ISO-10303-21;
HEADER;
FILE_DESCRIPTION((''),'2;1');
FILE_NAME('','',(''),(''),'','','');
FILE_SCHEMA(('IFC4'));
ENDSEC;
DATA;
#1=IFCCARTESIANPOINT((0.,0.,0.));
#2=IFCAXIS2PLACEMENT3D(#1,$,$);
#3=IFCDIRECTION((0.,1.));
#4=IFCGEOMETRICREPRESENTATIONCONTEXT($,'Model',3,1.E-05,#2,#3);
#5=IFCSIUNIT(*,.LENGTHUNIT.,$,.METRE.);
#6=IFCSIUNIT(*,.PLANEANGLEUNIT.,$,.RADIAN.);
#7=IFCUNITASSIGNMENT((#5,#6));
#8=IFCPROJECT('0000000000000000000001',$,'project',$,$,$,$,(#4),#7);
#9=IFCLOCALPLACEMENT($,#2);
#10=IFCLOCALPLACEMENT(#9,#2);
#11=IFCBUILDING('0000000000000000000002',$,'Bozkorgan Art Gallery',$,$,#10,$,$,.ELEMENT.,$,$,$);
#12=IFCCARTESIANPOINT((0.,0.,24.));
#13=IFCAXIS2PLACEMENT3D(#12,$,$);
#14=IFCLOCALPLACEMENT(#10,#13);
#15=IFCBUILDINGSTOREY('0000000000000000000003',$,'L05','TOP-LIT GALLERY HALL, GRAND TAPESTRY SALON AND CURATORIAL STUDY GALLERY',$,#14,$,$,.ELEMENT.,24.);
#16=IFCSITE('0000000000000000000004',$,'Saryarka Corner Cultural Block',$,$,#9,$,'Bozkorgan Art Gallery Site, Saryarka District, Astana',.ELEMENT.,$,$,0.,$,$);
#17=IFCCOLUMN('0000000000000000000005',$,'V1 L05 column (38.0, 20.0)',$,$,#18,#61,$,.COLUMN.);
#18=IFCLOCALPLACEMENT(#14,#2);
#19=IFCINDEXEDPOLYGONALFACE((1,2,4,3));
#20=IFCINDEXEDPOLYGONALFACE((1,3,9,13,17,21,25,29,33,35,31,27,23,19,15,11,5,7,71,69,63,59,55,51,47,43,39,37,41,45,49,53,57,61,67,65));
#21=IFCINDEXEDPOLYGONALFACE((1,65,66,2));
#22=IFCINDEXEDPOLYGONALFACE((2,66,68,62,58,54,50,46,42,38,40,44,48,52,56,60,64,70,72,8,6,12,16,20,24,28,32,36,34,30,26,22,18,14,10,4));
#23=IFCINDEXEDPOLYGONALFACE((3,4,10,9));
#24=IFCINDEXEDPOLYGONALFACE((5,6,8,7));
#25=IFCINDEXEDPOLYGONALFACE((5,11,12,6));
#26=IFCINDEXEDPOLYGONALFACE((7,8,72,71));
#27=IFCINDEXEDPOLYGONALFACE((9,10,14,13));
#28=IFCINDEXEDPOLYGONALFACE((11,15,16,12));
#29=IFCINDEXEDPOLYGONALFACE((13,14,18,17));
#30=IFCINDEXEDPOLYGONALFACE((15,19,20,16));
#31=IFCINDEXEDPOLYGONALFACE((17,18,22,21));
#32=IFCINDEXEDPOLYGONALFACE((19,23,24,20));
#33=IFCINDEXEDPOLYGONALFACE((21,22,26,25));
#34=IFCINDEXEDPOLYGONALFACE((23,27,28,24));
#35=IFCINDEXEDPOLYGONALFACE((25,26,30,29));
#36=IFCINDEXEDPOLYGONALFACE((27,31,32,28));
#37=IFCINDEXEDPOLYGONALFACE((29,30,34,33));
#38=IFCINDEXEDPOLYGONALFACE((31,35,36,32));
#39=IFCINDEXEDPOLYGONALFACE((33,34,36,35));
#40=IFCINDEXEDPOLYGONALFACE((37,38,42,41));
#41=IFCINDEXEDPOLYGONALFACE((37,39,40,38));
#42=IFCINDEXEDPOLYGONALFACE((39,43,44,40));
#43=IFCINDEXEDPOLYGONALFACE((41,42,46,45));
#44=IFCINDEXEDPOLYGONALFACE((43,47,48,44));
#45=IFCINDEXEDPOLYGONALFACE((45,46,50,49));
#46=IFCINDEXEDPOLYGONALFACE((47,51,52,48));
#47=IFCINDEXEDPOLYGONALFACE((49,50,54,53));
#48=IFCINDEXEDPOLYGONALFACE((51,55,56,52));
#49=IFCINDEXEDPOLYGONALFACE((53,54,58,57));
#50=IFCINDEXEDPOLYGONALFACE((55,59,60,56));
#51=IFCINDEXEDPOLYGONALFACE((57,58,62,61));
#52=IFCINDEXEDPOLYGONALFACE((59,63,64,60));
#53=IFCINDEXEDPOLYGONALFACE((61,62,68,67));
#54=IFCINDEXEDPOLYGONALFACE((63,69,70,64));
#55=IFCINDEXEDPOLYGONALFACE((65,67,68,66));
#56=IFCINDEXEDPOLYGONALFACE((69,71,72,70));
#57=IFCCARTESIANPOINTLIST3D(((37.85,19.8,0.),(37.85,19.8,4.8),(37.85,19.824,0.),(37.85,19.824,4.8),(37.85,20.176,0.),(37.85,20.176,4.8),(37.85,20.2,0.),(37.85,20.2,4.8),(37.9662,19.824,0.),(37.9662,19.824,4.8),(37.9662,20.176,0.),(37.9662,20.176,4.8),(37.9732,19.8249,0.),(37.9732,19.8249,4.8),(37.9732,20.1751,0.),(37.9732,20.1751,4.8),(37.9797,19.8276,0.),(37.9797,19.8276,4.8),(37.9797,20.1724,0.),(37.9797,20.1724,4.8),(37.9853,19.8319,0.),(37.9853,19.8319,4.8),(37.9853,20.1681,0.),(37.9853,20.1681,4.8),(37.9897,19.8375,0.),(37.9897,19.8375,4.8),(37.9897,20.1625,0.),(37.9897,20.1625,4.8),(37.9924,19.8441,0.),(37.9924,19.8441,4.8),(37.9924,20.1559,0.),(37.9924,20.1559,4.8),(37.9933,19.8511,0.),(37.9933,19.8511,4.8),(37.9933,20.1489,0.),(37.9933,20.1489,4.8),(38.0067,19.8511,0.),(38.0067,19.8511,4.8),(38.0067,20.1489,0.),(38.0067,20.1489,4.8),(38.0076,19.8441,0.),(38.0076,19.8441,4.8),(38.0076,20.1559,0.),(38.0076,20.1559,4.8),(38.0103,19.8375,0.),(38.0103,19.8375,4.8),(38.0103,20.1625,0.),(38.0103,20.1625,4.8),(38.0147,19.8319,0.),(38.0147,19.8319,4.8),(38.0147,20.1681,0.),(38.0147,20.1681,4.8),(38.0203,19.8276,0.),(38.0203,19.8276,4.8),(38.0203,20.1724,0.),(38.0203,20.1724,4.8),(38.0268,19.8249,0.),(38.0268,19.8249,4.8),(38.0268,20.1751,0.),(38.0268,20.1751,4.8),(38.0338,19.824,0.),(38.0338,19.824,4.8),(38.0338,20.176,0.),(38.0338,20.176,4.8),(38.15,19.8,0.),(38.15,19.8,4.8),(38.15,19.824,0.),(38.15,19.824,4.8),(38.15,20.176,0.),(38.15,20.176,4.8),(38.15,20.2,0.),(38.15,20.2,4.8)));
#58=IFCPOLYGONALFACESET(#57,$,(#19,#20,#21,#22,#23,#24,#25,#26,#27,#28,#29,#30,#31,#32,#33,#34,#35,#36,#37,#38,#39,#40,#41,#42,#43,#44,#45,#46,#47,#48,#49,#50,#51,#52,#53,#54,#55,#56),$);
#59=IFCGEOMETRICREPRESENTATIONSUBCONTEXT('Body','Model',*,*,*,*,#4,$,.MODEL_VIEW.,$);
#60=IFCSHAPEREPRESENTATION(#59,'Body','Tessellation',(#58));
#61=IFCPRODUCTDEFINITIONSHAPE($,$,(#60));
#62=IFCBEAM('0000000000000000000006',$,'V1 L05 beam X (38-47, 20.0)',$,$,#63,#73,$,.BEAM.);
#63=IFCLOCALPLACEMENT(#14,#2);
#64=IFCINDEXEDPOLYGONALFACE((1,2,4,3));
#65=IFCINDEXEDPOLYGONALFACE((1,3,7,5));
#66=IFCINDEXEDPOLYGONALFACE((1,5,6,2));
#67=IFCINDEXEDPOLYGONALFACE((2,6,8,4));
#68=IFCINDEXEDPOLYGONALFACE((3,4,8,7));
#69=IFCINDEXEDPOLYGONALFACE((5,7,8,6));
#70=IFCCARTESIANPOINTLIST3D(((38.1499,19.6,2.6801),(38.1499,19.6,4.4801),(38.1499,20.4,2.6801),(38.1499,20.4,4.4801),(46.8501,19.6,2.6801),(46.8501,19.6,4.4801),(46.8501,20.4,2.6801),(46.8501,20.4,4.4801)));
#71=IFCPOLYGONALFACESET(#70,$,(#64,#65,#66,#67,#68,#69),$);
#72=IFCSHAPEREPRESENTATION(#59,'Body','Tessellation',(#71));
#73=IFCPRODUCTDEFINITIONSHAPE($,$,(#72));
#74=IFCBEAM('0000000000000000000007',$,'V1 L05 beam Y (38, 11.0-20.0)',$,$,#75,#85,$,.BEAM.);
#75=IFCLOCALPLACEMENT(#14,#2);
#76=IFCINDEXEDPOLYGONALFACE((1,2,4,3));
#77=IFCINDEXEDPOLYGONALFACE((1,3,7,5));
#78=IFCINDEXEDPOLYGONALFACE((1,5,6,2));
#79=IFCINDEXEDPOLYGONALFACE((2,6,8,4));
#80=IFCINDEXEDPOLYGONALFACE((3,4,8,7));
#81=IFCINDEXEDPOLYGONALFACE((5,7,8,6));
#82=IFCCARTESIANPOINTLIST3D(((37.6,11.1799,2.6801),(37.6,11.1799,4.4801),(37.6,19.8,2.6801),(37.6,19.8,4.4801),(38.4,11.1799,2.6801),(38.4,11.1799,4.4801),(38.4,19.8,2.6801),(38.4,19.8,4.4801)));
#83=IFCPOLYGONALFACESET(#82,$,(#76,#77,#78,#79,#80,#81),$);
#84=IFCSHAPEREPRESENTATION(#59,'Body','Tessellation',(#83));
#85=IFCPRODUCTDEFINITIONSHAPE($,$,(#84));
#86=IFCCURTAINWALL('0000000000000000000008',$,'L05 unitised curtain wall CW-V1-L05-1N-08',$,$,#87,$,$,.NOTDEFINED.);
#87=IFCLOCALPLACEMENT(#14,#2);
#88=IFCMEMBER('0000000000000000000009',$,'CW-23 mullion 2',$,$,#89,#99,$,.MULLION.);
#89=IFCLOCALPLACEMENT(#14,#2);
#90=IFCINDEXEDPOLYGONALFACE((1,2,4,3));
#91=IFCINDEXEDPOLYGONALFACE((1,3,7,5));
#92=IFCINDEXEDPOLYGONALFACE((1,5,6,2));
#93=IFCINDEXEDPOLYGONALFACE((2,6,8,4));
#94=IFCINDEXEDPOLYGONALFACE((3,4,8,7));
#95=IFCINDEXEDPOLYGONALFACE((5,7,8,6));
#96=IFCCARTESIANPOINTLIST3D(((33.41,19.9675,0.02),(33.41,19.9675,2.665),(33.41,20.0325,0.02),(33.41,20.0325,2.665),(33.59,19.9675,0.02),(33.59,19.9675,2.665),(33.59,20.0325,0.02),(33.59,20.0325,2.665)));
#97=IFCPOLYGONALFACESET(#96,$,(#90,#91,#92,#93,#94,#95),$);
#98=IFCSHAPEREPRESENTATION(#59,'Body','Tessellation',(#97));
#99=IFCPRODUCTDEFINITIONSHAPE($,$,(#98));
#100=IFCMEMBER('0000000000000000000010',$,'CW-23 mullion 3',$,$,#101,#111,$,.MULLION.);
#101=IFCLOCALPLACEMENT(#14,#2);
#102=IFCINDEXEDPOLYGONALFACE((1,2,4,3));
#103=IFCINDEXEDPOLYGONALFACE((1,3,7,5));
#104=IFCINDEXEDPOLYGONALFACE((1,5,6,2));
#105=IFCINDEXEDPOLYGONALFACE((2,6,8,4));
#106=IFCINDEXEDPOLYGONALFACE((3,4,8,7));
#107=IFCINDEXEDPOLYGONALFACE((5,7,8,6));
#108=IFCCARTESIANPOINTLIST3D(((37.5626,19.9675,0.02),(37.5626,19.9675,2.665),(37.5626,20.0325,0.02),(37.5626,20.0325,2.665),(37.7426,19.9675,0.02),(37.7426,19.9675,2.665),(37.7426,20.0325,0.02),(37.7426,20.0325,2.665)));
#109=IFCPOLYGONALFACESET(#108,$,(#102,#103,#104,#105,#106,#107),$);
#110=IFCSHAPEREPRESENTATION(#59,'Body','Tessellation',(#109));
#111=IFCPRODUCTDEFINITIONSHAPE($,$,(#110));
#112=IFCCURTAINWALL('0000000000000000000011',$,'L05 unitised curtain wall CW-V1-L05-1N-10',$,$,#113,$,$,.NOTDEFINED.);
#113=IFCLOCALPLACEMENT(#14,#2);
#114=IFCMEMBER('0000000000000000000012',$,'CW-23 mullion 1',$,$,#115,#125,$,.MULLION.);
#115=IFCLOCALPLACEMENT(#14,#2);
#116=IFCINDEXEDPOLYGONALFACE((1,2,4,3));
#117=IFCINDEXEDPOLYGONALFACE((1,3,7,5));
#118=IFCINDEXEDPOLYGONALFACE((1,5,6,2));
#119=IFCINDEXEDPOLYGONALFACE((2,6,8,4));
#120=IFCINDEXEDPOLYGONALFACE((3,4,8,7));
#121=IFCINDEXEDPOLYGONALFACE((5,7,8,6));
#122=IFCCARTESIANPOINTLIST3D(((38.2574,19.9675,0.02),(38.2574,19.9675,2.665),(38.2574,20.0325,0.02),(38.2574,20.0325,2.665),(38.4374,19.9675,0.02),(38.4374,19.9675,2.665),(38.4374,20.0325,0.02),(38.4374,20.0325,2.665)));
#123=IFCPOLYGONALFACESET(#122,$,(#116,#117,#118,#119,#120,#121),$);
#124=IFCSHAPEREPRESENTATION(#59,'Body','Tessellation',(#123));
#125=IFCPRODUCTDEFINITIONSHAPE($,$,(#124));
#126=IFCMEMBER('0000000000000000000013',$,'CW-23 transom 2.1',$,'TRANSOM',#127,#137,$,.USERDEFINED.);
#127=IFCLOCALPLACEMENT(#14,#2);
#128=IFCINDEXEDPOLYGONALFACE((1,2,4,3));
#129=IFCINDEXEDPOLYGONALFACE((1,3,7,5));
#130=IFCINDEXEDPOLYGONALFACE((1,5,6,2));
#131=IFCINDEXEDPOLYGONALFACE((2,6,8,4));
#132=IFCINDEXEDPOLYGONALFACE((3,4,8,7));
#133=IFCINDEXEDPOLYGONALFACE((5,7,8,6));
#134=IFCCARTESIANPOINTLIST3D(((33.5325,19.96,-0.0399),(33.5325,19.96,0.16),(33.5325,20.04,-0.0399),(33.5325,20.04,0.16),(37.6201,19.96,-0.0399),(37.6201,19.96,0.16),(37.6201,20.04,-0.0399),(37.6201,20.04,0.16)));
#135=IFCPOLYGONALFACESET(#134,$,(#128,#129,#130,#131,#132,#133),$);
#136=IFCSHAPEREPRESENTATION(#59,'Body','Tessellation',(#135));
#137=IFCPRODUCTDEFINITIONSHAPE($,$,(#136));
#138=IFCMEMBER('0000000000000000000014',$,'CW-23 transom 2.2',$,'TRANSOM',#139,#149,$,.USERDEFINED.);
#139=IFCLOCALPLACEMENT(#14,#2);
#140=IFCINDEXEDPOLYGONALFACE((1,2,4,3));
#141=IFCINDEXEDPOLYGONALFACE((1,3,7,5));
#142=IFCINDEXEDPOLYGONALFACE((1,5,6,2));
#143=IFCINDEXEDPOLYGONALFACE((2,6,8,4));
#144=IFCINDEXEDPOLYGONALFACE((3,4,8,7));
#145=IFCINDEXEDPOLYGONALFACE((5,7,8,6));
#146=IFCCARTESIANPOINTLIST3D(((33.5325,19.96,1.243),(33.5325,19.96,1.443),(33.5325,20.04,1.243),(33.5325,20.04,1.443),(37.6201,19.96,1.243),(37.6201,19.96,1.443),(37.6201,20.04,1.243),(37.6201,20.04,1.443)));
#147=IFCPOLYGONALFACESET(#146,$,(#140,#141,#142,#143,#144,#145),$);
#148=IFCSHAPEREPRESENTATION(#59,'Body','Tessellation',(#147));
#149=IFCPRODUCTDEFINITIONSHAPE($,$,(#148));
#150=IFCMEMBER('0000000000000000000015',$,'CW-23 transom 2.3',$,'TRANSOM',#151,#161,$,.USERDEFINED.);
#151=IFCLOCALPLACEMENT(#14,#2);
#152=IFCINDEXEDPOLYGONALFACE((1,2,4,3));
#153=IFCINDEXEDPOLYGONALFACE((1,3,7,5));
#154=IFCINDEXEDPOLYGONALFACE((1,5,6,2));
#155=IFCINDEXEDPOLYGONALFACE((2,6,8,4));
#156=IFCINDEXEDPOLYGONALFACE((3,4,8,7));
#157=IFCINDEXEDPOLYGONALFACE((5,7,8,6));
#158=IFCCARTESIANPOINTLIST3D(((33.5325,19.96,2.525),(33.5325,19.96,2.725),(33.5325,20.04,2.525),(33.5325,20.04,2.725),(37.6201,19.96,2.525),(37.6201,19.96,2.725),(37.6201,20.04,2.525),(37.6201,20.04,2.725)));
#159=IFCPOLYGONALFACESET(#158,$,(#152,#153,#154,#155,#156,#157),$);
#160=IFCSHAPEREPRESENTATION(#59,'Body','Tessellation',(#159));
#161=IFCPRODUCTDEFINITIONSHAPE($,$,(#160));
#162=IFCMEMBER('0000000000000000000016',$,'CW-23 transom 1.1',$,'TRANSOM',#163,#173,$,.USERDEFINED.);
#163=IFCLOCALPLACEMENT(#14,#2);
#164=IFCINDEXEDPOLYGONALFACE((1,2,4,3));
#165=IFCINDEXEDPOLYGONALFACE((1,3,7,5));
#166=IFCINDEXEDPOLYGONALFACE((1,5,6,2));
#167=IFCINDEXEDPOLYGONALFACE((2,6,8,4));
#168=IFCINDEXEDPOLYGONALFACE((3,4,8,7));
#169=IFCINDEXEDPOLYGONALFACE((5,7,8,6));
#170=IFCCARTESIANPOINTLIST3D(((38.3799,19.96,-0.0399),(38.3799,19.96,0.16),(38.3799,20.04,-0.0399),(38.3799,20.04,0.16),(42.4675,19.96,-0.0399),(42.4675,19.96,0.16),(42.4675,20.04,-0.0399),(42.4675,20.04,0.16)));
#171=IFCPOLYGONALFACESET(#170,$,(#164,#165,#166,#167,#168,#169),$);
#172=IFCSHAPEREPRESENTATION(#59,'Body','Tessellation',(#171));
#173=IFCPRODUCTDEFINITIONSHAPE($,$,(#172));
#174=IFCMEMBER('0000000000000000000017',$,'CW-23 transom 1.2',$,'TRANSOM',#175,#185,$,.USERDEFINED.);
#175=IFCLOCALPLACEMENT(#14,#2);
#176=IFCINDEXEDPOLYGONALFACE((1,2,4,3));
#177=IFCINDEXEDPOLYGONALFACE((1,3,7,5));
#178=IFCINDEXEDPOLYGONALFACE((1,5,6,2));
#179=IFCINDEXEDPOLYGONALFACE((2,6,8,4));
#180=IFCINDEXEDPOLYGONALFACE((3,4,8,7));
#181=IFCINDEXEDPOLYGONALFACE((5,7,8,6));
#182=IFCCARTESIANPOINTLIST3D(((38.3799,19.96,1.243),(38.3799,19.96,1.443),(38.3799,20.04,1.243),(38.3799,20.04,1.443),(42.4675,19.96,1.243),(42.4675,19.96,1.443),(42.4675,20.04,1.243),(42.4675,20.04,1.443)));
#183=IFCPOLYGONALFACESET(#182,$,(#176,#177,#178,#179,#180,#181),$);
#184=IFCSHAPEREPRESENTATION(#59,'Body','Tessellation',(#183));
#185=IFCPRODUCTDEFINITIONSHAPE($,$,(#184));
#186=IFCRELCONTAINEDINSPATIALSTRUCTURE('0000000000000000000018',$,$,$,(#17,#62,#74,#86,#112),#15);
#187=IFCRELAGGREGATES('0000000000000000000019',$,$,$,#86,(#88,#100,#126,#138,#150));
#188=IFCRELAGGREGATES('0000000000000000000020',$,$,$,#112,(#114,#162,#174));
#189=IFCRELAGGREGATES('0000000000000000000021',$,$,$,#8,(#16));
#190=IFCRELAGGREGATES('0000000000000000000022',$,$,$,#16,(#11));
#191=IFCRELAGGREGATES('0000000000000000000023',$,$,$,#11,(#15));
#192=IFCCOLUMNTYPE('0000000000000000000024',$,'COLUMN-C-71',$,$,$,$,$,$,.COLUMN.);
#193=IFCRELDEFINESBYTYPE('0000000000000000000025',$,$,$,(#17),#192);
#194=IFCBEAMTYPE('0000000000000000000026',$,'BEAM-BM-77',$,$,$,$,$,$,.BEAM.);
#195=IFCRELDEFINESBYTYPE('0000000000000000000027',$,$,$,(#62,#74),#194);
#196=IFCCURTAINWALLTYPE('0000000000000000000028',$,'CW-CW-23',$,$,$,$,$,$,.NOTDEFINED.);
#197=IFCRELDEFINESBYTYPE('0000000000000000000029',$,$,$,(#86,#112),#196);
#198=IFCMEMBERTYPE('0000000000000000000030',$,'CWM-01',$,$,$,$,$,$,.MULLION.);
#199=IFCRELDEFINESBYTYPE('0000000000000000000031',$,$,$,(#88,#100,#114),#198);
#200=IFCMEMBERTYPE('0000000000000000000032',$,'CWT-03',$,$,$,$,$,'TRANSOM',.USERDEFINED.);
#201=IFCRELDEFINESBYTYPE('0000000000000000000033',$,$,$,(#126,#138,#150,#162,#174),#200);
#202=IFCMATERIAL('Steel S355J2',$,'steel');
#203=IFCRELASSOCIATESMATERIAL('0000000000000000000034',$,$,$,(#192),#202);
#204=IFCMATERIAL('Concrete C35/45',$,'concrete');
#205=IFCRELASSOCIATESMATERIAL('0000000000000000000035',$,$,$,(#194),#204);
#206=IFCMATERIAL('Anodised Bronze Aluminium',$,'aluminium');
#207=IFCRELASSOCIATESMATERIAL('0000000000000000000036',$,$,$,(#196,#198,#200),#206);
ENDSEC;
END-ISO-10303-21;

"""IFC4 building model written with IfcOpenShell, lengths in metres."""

from ifc_helpers import new_model, si_unit, direction, frame, origin, origin_2d, place, context, subcontext, project, spatial, rectangle, i_section, extrude, material, material_profile, profile_set, type_object, element, aggregate, save


model = new_model("IFC4")

# Units and contexts
model_context = context("Model", 3, precision=1e-05, world=origin(), true_north=direction((0.0, 1.0)))
body_context = subcontext(model_context, "Body", "Model", "MODEL_VIEW")
ifc_project = project(units=[si_unit("LENGTHUNIT", "METRE"), si_unit("PLANEANGLEUNIT", "RADIAN")], contexts=[model_context])

# Site, building, storey
site_placement = place(None, origin())
site = spatial("IfcSite", under=ifc_project, at=site_placement, Name="Saryarka Corner Cultural Block", LongName="Bozkorgan Art Gallery Site, Saryarka District, Astana", CompositionType="ELEMENT", RefElevation=0.0)
building_placement = place(site_placement, origin())
building = spatial("IfcBuilding", under=site, at=building_placement, Name="Bozkorgan Art Gallery", CompositionType="ELEMENT")
storey_placement = place(building_placement, frame((0.0, 0.0, 24.0)))
storey = spatial("IfcBuildingStorey", under=building, at=storey_placement, Name="L05", Description="TOP-LIT GALLERY HALL, GRAND TAPESTRY SALON AND CURATORIAL STUDY GALLERY", CompositionType="ELEMENT", Elevation=24.0)

# Column
ifc_material_1 = material(Name="Steel S355J2", Category="steel")
ifc_material_profile_1 = material_profile(ifc_material_1, i_section(OverallWidth=0.3, OverallDepth=0.3999, WebThickness=0.0134, FlangeThickness=0.0239, FilletRadius=0.0271, at=origin_2d()), Name="HEB 400")
ifc_profile_set_1 = profile_set([ifc_material_profile_1], Name="Steel S355J2")
column_type = type_object("IfcColumnType", Name="COLUMN-C-71", PredefinedType="COLUMN", material=ifc_profile_set_1)
column_placement = place(storey_placement, frame((38.0, 20.0, 0.0), z_axis=(0.0, 0.0, 1.0), x_axis=(1.0, 0.0, 0.0)))
element("IfcColumn", 1, at=column_placement, inside=storey, type_object=column_type, Name="V1 L05 column (38.0, 20.0)", PredefinedType="COLUMN", context=body_context, shape_type="SweptSolid", body=[
    extrude(i_section(OverallWidth=0.3, OverallDepth=0.3999, WebThickness=0.0134, FlangeThickness=0.0239, FilletRadius=0.0271, at=origin_2d()), origin(), (0.0, 0.0, 1.0), 4.8),
])

# Beams
ifc_material_2 = material(Name="Concrete C35/45", Category="concrete")
ifc_material_profile_2 = material_profile(ifc_material_2, rectangle(XDim=0.8, YDim=1.8, at=origin_2d()), Name="RC 800x1800")
ifc_profile_set_2 = profile_set([ifc_material_profile_2], Name="Concrete C35/45")
beam_type = type_object("IfcBeamType", Name="BEAM-BM-77", PredefinedType="BEAM", material=ifc_profile_set_2)
beam_1_placement = place(storey_placement, frame((38.1499, 20.0, 3.5801), z_axis=(1.0, 0.0, 0.0), x_axis=(0.0, 1.0, 0.0)))
element("IfcBeam", 2, at=beam_1_placement, inside=storey, type_object=beam_type, Name="V1 L05 beam X (38-47, 20.0)", PredefinedType="BEAM", context=body_context, shape_type="SweptSolid", body=[
    extrude(rectangle(XDim=0.8, YDim=1.8, at=origin_2d()), origin(), (0.0, 0.0, 1.0), 8.7002),
])
beam_2_placement = place(storey_placement, frame((38.0, 11.1799, 3.5801), z_axis=(0.0, 1.0, 0.0), x_axis=(-1.0, 0.0, 0.0)))
element("IfcBeam", 3, at=beam_2_placement, inside=storey, type_object=beam_type, Name="V1 L05 beam Y (38, 11.0-20.0)", PredefinedType="BEAM", context=body_context, shape_type="SweptSolid", body=[
    extrude(rectangle(XDim=0.8, YDim=1.8, at=origin_2d()), origin(), (0.0, 0.0, 1.0), 8.6201),
])

# Curtain wall, members
ifc_material_3 = material(Name="Anodised Bronze Aluminium", Category="aluminium")
curtain_wall_type = type_object("IfcCurtainWallType", Name="CW-CW-23", PredefinedType="NOTDEFINED", material=ifc_material_3)
curtain_wall_1_placement = place(storey_placement, origin())
curtain_wall_1 = element("IfcCurtainWall", 4, at=curtain_wall_1_placement, inside=storey, type_object=curtain_wall_type, Name="L05 unitised curtain wall CW-V1-L05-1N-08", PredefinedType="NOTDEFINED")
ifc_material_profile_3 = material_profile(ifc_material_3, rectangle(XDim=0.0649, YDim=0.1799, at=origin_2d()), Name="ALU MULLION 65x180")
ifc_profile_set_3 = profile_set([ifc_material_profile_3], Name="Anodised Bronze Aluminium")
member_type_1 = type_object("IfcMemberType", Name="CWM-01", PredefinedType="MULLION", material=ifc_profile_set_3)
member_1_placement = place(storey_placement, frame((33.5, 20.0, 0.02), z_axis=(0.0, 0.0, 1.0), x_axis=(0.0, 1.0, 0.0)))
member_1 = element("IfcMember", 5, at=member_1_placement, type_object=member_type_1, Name="CW-23 mullion 2", PredefinedType="MULLION", context=body_context, shape_type="SweptSolid", body=[
    extrude(rectangle(XDim=0.0649, YDim=0.1799, at=origin_2d()), origin(), (0.0, 0.0, 1.0), 2.645),
])
member_2_placement = place(storey_placement, frame((37.6526, 20.0, 0.02), z_axis=(0.0, 0.0, 1.0), x_axis=(0.0, 1.0, 0.0)))
member_2 = element("IfcMember", 6, at=member_2_placement, type_object=member_type_1, Name="CW-23 mullion 3", PredefinedType="MULLION", context=body_context, shape_type="SweptSolid", body=[
    extrude(rectangle(XDim=0.0649, YDim=0.1799, at=origin_2d()), origin(), (0.0, 0.0, 1.0), 2.645),
])

# Curtain wall, member
curtain_wall_2_placement = place(storey_placement, origin())
curtain_wall_2 = element("IfcCurtainWall", 7, at=curtain_wall_2_placement, inside=storey, type_object=curtain_wall_type, Name="L05 unitised curtain wall CW-V1-L05-1N-10", PredefinedType="NOTDEFINED")
member_3_placement = place(storey_placement, frame((38.3474, 20.0, 0.02), z_axis=(0.0, 0.0, 1.0), x_axis=(0.0, 1.0, 0.0)))
member_3 = element("IfcMember", 8, at=member_3_placement, type_object=member_type_1, Name="CW-23 mullion 1", PredefinedType="MULLION", context=body_context, shape_type="SweptSolid", body=[
    extrude(rectangle(XDim=0.0649, YDim=0.1799, at=origin_2d()), origin(), (0.0, 0.0, 1.0), 2.645),
])

# Members
ifc_material_profile_4 = material_profile(ifc_material_3, rectangle(XDim=0.0801, YDim=0.2, at=origin_2d()), Name="ALU TRANSOM 80x200")
ifc_profile_set_4 = profile_set([ifc_material_profile_4], Name="Anodised Bronze Aluminium")
member_type_2 = type_object("IfcMemberType", Name="CWT-03", ElementType="TRANSOM", PredefinedType="USERDEFINED", material=ifc_profile_set_4)
member_4_placement = place(storey_placement, frame((33.5325, 20.0, 0.0601), z_axis=(1.0, 0.0, 0.0), x_axis=(0.0, 1.0, 0.0)))
member_4 = element("IfcMember", 9, at=member_4_placement, type_object=member_type_2, Name="CW-23 transom 2.1", ObjectType="TRANSOM", PredefinedType="USERDEFINED", context=body_context, shape_type="SweptSolid", body=[
    extrude(rectangle(XDim=0.0801, YDim=0.2, at=origin_2d()), origin(), (0.0, 0.0, 1.0), 4.0876),
])
member_5_placement = place(storey_placement, frame((33.5325, 20.0, 1.343), z_axis=(1.0, 0.0, 0.0), x_axis=(0.0, 1.0, 0.0)))
member_5 = element("IfcMember", 10, at=member_5_placement, type_object=member_type_2, Name="CW-23 transom 2.2", ObjectType="TRANSOM", PredefinedType="USERDEFINED", context=body_context, shape_type="SweptSolid", body=[
    extrude(rectangle(XDim=0.0801, YDim=0.2, at=origin_2d()), origin(), (0.0, 0.0, 1.0), 4.0876),
])
member_6_placement = place(storey_placement, frame((33.5325, 20.0, 2.625), z_axis=(1.0, 0.0, 0.0), x_axis=(0.0, 1.0, 0.0)))
member_6 = element("IfcMember", 11, at=member_6_placement, type_object=member_type_2, Name="CW-23 transom 2.3", ObjectType="TRANSOM", PredefinedType="USERDEFINED", context=body_context, shape_type="SweptSolid", body=[
    extrude(rectangle(XDim=0.0801, YDim=0.2, at=origin_2d()), origin(), (0.0, 0.0, 1.0), 4.0876),
])
member_7_placement = place(storey_placement, frame((38.3799, 20.0, 0.0601), z_axis=(1.0, 0.0, 0.0), x_axis=(0.0, 1.0, 0.0)))
member_7 = element("IfcMember", 12, at=member_7_placement, type_object=member_type_2, Name="CW-23 transom 1.1", ObjectType="TRANSOM", PredefinedType="USERDEFINED", context=body_context, shape_type="SweptSolid", body=[
    extrude(rectangle(XDim=0.0801, YDim=0.2, at=origin_2d()), origin(), (0.0, 0.0, 1.0), 4.0876),
])
member_8_placement = place(storey_placement, frame((38.3799, 20.0, 1.343), z_axis=(1.0, 0.0, 0.0), x_axis=(0.0, 1.0, 0.0)))
member_8 = element("IfcMember", 13, at=member_8_placement, type_object=member_type_2, Name="CW-23 transom 1.2", ObjectType="TRANSOM", PredefinedType="USERDEFINED", context=body_context, shape_type="SweptSolid", body=[
    extrude(rectangle(XDim=0.0801, YDim=0.2, at=origin_2d()), origin(), (0.0, 0.0, 1.0), 4.0876),
])

aggregate(curtain_wall_1, [member_1, member_2, member_4, member_5, member_6])
aggregate(curtain_wall_2, [member_3, member_7, member_8])

save(model, "model.ifc")
